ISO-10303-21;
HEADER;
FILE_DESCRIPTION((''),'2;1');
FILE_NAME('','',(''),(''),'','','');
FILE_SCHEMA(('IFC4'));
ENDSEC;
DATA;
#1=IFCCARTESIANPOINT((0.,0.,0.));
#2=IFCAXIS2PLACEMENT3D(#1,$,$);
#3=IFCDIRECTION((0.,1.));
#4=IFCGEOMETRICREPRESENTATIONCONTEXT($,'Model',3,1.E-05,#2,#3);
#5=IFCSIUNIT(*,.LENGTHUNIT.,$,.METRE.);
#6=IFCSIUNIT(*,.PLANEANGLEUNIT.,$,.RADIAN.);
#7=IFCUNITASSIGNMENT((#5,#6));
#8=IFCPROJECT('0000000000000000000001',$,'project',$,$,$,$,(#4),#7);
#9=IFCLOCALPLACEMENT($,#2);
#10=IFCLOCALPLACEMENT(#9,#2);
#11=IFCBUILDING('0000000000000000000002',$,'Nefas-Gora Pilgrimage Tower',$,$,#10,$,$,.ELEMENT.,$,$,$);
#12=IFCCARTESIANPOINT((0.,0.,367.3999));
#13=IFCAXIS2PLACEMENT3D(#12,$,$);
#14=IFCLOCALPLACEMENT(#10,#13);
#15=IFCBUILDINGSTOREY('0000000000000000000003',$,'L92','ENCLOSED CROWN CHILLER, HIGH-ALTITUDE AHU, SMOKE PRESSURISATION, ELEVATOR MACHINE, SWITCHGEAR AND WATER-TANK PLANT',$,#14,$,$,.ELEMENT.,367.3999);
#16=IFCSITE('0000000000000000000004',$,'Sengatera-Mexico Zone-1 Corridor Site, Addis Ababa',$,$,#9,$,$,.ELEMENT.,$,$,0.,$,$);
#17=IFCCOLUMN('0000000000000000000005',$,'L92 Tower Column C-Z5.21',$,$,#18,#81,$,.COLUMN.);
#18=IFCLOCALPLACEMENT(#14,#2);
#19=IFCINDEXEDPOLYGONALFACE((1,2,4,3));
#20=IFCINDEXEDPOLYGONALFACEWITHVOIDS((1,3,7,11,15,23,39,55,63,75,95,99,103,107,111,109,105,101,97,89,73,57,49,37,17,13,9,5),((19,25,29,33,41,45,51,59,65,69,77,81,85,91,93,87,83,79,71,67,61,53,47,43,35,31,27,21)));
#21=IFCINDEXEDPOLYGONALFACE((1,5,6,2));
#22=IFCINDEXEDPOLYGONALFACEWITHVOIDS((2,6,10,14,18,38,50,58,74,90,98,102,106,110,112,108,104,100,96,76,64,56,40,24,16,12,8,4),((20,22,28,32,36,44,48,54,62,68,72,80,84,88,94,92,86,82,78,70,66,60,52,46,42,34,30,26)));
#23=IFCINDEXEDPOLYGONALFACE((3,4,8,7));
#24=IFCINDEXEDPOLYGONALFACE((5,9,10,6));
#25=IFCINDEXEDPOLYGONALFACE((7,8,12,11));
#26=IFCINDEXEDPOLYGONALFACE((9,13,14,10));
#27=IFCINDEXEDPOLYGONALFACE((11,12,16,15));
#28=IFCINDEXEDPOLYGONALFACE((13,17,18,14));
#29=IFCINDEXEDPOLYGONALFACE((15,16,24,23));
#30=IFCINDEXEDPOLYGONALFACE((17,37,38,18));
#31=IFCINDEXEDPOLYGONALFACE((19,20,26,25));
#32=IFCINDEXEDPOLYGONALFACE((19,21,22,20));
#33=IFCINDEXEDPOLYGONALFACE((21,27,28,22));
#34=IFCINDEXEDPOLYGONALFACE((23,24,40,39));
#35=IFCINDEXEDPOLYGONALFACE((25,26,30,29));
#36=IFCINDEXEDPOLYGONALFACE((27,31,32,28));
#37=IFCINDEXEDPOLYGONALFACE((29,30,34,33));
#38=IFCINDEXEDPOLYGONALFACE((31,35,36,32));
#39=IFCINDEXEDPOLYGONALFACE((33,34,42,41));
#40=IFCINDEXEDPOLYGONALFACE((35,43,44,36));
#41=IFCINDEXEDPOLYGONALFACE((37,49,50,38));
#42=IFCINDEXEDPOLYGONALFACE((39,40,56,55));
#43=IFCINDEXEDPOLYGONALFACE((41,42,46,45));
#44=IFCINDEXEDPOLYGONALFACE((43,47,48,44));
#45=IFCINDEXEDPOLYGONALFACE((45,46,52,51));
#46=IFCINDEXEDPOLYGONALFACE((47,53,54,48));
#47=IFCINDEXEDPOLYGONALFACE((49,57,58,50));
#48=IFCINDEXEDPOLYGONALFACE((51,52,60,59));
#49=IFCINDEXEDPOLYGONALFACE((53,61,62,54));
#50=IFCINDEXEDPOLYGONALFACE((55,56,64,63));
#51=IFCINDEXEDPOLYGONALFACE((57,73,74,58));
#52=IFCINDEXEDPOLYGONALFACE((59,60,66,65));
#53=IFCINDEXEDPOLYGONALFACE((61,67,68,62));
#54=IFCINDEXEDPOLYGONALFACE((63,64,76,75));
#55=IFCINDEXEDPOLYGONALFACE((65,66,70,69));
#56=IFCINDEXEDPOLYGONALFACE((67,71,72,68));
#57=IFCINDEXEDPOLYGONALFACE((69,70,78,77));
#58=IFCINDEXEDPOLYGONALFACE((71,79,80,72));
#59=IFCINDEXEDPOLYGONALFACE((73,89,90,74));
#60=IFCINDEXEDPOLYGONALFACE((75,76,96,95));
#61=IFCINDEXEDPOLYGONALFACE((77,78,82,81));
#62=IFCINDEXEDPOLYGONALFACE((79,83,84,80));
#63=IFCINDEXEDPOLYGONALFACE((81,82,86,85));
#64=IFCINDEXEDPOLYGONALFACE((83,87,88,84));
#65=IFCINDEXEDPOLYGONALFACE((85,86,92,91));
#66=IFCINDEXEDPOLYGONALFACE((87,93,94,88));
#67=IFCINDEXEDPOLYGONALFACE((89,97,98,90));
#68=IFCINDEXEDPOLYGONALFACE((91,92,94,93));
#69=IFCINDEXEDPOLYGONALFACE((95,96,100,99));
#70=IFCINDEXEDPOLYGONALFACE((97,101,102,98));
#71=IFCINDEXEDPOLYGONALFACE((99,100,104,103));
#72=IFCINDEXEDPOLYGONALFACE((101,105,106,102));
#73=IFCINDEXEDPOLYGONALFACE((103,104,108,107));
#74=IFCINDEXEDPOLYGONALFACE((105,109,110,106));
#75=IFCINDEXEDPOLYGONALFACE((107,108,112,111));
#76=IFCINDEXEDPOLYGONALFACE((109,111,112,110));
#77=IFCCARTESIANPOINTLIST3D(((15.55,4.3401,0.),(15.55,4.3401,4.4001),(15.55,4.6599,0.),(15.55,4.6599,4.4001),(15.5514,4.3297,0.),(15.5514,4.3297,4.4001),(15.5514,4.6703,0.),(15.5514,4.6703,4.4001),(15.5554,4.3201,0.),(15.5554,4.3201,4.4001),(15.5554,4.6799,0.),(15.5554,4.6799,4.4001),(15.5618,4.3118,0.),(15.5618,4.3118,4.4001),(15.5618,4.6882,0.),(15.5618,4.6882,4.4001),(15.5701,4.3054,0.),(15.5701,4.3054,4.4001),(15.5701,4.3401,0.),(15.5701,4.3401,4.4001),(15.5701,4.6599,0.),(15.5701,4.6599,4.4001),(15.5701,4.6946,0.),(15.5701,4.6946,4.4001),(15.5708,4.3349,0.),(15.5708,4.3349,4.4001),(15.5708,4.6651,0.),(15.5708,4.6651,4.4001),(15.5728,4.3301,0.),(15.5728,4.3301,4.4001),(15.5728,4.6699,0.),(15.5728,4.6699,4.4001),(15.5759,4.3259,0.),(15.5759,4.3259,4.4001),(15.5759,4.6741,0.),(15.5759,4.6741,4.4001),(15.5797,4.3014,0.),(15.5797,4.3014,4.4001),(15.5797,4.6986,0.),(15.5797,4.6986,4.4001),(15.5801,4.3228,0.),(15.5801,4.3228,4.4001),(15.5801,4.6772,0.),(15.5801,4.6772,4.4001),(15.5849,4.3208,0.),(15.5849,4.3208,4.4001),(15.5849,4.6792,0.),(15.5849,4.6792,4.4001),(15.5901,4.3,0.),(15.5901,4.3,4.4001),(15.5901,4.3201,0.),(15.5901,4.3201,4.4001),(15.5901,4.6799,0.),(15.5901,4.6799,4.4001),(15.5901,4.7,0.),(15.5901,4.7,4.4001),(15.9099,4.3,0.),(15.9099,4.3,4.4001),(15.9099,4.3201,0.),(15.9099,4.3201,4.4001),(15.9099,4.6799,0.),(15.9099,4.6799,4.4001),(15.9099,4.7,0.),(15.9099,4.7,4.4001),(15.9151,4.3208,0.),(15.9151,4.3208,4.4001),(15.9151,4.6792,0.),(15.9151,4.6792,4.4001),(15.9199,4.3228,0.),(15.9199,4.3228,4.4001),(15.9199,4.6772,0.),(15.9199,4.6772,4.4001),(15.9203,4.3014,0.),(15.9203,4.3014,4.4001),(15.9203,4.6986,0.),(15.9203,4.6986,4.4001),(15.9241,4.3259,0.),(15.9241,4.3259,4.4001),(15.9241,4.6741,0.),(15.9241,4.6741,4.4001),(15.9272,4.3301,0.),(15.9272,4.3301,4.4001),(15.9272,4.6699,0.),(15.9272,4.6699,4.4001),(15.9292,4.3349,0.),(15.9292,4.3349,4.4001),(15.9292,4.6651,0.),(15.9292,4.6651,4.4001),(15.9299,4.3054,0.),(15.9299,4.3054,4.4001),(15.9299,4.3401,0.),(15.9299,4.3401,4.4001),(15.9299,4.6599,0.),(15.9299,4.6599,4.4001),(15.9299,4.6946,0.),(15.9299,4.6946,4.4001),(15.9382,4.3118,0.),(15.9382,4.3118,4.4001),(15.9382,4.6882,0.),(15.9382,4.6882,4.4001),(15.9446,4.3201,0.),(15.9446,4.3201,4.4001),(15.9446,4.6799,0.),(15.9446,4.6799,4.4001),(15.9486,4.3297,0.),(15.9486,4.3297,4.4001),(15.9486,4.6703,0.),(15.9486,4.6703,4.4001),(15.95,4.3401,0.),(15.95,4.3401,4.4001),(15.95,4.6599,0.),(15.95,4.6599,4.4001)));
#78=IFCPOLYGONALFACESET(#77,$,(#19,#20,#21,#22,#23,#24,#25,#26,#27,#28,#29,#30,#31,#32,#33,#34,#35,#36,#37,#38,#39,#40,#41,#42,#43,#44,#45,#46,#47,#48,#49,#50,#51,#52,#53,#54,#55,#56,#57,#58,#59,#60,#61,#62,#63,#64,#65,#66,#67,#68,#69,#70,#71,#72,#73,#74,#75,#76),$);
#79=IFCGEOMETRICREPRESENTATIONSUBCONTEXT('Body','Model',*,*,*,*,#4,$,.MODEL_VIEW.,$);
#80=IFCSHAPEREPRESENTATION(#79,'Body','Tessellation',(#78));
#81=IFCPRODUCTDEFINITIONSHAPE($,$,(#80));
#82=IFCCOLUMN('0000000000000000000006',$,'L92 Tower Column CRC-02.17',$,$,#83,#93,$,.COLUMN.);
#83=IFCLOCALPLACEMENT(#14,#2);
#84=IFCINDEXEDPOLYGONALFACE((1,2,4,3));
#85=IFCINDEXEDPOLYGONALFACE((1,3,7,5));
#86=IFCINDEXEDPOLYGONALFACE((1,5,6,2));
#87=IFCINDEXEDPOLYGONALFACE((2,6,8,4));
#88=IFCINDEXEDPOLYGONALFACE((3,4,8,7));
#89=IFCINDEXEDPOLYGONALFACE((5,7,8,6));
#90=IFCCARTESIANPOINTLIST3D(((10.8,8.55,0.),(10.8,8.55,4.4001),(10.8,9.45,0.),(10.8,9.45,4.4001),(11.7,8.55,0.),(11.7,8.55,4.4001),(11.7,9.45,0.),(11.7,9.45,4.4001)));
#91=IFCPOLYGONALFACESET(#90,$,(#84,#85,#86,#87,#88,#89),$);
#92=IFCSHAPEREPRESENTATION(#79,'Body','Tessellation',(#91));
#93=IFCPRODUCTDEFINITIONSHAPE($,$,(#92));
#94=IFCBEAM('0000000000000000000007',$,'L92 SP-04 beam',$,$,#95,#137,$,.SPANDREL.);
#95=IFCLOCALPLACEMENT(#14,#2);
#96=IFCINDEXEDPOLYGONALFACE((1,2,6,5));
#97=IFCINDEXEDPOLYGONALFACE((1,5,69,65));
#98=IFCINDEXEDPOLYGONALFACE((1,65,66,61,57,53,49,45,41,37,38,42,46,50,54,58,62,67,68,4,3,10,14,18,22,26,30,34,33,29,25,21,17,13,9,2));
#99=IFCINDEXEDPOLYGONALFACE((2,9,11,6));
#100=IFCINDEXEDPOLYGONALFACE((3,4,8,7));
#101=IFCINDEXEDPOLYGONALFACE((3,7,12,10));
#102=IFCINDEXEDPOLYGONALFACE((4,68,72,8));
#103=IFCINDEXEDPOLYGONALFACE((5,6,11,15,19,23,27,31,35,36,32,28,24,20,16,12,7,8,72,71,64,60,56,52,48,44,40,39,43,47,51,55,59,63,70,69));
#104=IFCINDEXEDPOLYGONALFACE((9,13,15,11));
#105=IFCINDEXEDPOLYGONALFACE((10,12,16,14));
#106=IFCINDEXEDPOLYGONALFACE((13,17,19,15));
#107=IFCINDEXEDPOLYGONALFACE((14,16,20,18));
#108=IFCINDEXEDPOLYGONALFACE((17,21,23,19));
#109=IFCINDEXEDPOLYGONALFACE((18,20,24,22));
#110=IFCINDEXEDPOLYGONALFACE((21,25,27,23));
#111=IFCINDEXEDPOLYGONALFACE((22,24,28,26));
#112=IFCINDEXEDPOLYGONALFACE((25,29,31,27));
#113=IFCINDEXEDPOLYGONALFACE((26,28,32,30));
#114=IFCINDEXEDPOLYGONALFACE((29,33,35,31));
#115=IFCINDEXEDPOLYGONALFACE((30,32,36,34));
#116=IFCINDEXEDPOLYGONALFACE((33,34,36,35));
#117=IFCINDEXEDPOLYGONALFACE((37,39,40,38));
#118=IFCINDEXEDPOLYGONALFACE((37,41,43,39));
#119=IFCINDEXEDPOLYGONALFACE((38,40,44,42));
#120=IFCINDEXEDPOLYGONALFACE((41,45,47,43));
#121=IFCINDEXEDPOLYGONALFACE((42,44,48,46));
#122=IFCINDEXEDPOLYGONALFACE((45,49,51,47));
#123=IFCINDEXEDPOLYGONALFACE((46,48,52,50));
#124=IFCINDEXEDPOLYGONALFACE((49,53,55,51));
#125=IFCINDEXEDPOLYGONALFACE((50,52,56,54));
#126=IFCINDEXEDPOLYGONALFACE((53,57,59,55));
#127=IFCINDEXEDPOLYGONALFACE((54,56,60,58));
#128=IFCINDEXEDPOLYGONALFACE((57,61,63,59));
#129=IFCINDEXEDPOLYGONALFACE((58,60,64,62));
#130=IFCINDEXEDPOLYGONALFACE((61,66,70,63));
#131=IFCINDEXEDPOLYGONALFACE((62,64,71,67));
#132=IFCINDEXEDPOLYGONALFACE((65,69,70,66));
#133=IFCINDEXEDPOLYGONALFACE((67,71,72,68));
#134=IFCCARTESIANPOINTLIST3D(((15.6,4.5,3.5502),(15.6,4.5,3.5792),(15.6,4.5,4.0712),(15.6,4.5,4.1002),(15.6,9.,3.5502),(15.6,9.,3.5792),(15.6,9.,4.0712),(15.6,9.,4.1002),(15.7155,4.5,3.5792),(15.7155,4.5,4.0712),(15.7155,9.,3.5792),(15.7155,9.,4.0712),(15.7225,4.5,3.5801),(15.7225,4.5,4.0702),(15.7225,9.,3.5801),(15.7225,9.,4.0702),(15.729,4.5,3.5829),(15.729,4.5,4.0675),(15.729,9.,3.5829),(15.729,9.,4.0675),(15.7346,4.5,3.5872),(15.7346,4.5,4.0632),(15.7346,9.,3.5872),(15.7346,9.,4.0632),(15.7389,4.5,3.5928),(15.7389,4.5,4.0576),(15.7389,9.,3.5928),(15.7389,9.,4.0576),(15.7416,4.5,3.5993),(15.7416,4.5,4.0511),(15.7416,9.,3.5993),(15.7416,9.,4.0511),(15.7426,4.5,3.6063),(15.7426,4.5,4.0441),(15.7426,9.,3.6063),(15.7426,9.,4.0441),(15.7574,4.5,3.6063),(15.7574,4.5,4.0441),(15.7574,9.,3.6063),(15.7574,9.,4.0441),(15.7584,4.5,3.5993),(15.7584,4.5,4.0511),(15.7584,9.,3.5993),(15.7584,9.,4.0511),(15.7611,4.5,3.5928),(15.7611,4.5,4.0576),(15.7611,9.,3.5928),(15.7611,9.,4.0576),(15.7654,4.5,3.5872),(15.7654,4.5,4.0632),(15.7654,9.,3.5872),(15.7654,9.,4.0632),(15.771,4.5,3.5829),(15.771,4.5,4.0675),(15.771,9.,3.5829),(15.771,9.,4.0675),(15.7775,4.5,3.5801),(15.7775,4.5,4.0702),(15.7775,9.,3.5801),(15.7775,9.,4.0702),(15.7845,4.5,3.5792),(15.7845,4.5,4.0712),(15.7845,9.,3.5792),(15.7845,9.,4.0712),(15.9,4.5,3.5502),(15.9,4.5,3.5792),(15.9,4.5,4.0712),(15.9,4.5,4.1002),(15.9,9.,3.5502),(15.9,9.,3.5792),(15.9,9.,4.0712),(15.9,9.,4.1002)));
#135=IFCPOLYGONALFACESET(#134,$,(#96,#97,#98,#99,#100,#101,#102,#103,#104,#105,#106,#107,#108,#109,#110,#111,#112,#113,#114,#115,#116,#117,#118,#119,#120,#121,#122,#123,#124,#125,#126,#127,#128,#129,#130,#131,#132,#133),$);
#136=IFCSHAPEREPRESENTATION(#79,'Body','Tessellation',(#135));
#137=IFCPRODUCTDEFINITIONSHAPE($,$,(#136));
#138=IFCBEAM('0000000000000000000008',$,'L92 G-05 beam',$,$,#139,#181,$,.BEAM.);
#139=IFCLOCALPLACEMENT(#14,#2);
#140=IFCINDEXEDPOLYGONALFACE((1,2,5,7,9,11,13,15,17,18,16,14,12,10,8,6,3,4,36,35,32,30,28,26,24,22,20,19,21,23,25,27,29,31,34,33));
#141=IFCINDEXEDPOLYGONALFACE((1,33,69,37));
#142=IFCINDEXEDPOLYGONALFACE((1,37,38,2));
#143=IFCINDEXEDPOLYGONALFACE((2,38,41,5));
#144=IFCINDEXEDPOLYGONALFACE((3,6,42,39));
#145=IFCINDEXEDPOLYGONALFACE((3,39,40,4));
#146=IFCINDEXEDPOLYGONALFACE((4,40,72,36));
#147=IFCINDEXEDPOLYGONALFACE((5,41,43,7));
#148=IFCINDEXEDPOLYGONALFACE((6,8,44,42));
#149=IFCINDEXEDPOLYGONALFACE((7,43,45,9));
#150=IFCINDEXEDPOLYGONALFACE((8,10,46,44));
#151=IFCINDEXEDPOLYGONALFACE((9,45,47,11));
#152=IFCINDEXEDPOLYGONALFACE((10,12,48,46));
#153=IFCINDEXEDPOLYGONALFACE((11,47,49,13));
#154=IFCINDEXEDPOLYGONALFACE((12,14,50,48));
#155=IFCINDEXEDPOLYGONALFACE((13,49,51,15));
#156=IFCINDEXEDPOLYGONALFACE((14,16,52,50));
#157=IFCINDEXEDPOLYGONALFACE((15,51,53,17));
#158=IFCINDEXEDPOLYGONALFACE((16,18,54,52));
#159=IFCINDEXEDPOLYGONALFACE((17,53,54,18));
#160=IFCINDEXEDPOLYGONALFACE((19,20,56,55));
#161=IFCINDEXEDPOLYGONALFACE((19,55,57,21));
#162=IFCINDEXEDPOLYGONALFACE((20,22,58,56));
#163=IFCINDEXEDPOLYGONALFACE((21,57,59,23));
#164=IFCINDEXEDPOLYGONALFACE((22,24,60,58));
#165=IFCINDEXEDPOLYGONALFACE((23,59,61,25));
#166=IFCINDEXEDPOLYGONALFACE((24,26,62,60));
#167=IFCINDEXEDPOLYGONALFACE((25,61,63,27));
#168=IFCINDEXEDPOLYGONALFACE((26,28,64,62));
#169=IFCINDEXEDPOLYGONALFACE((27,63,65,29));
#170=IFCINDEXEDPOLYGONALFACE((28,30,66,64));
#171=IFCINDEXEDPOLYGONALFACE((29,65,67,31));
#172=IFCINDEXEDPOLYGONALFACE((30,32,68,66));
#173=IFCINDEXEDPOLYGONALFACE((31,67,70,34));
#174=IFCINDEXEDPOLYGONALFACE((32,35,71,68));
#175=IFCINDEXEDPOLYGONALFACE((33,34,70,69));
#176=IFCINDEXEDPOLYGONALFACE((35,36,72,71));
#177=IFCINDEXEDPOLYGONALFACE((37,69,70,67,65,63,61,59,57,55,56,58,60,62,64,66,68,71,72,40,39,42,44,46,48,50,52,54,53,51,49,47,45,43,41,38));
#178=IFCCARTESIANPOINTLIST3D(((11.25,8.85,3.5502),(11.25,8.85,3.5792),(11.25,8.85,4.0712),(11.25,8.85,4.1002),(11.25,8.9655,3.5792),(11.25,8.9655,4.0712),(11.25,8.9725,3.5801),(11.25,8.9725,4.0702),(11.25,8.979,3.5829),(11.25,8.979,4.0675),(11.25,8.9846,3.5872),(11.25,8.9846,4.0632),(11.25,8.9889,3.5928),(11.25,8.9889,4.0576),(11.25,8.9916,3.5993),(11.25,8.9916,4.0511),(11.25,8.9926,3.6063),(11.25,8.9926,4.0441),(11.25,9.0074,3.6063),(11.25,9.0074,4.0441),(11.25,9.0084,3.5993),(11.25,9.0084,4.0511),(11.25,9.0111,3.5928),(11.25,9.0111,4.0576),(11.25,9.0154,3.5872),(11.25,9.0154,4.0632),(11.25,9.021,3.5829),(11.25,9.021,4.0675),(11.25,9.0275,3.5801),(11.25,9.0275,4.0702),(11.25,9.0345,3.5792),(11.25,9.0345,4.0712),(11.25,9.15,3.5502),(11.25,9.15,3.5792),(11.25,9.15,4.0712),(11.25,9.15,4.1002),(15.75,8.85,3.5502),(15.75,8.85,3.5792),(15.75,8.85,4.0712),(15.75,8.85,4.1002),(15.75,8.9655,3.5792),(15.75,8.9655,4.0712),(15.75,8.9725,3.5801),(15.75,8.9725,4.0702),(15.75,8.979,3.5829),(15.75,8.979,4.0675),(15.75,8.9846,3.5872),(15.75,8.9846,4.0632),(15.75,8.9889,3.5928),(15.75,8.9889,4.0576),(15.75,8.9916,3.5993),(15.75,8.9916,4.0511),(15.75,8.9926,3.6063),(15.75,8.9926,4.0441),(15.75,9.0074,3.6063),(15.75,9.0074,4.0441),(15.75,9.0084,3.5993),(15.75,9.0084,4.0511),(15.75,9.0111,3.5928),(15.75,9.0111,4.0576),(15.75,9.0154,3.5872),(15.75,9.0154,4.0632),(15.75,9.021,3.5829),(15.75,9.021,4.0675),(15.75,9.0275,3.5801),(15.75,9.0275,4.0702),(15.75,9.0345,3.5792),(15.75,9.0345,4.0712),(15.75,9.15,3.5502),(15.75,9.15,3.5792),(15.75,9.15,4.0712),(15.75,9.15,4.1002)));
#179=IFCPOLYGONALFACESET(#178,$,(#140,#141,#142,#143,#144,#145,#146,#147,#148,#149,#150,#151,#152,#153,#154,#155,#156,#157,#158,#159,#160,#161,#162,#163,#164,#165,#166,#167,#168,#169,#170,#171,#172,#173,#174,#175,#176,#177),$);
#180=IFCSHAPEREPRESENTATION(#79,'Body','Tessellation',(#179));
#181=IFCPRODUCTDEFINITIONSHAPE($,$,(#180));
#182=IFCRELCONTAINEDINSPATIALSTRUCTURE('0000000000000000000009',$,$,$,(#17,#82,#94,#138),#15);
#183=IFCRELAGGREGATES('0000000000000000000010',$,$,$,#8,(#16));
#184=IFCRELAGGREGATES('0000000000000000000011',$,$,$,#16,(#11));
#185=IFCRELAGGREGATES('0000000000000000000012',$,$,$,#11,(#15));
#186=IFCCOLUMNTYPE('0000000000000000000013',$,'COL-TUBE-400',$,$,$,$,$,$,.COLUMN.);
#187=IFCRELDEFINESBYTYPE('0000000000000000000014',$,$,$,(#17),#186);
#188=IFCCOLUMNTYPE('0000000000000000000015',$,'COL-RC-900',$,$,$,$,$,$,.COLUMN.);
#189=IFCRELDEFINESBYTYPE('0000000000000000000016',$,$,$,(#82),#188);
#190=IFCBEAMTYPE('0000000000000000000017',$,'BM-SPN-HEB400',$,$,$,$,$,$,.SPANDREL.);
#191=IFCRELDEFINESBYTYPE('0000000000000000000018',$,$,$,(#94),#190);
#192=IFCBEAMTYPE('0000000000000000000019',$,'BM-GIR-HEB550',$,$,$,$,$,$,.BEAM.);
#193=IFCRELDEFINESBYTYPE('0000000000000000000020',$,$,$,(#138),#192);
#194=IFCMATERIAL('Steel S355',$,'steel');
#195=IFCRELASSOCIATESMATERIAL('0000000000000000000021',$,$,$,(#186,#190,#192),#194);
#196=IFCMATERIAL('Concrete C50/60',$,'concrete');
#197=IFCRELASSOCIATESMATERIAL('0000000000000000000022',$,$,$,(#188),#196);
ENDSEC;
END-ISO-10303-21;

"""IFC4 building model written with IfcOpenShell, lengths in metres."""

from ifc_helpers import new_model, si_unit, direction, frame, origin, origin_2d, place, context, subcontext, project, spatial, rectangle, hollow_rectangle, i_section, extrude, source, transform, mapped, material, material_profile, profile_set, type_object, element, save


model = new_model("IFC4")

# Units and contexts
model_context = context("Model", 3, precision=1e-05, world=origin(), true_north=direction((0.0, 1.0)))
body_context = subcontext(model_context, "Body", "Model", "MODEL_VIEW")
ifc_project = project(units=[si_unit("LENGTHUNIT", "METRE"), si_unit("PLANEANGLEUNIT", "RADIAN")], contexts=[model_context])

# Site, building, storey
site_placement = place(None, origin())
site = spatial("IfcSite", under=ifc_project, at=site_placement, Name="Sengatera-Mexico Zone-1 Corridor Site, Addis Ababa", CompositionType="ELEMENT", RefElevation=0.0)
building_placement = place(site_placement, origin())
building = spatial("IfcBuilding", under=site, at=building_placement, Name="Nefas-Gora Pilgrimage Tower", CompositionType="ELEMENT")
storey_placement = place(building_placement, frame((0.0, 0.0, 367.3999)))
storey = spatial("IfcBuildingStorey", under=building, at=storey_placement, Name="L92", Description="ENCLOSED CROWN CHILLER, HIGH-ALTITUDE AHU, SMOKE PRESSURISATION, ELEVATOR MACHINE, SWITCHGEAR AND WATER-TANK PLANT", CompositionType="ELEMENT", Elevation=367.3999)

# Columns
ifc_material_1 = material(Name="Steel S355", Category="steel")
ifc_material_profile_1 = material_profile(ifc_material_1, hollow_rectangle(XDim=0.3999, YDim=0.3999, WallThickness=0.02, InnerFilletRadius=0.02, OuterFilletRadius=0.04, at=origin_2d()), Name="SHS 400x400x20")
ifc_profile_set_1 = profile_set([ifc_material_profile_1], Name="Steel S355")
column_type_1 = type_object("IfcColumnType", Name="COL-TUBE-400", PredefinedType="COLUMN", material=ifc_profile_set_1)
shared_shape_1 = source(origin(), body_context, "Body", "SweptSolid", [
    extrude(hollow_rectangle(XDim=0.3999, YDim=0.3999, WallThickness=0.02, InnerFilletRadius=0.02, OuterFilletRadius=0.04, at=origin_2d()), origin(), (0.0, 0.0, 1.0), 4.4001),
])
column_1_placement = place(storey_placement, frame((15.75, 4.5, 0.0), z_axis=(0.0, 0.0, 1.0), x_axis=(1.0, 0.0, 0.0)))
element("IfcColumn", 1, at=column_1_placement, inside=storey, type_object=column_type_1, Name="L92 Tower Column C-Z5.21", PredefinedType="COLUMN", context=body_context, shape_type="MappedRepresentation", body=[
    mapped(shared_shape_1, transform((0.0, 0.0, 0.0), x_axis=(1.0, 0.0, 0.0), y_axis=(0.0, 1.0, 0.0), z_axis=(0.0, 0.0, 1.0), scale=1.0)),
])
ifc_material_2 = material(Name="Concrete C50/60", Category="concrete")
ifc_material_profile_2 = material_profile(ifc_material_2, rectangle(XDim=0.8999, YDim=0.8999, at=origin_2d()), Name="RC 900x900")
ifc_profile_set_2 = profile_set([ifc_material_profile_2], Name="Concrete C50/60")
column_type_2 = type_object("IfcColumnType", Name="COL-RC-900", PredefinedType="COLUMN", material=ifc_profile_set_2)
shared_shape_2 = source(origin(), body_context, "Body", "SweptSolid", [
    extrude(rectangle(XDim=0.8999, YDim=0.8999, at=origin_2d()), origin(), (0.0, 0.0, 1.0), 4.4001),
])
column_2_placement = place(storey_placement, frame((11.25, 9.0, 0.0), z_axis=(0.0, 0.0, 1.0), x_axis=(1.0, 0.0, 0.0)))
element("IfcColumn", 2, at=column_2_placement, inside=storey, type_object=column_type_2, Name="L92 Tower Column CRC-02.17", PredefinedType="COLUMN", context=body_context, shape_type="MappedRepresentation", body=[
    mapped(shared_shape_2, transform((0.0, 0.0, 0.0), x_axis=(1.0, 0.0, 0.0), y_axis=(0.0, 1.0, 0.0), z_axis=(0.0, 0.0, 1.0), scale=1.0)),
])

# Beams
ifc_material_profile_3 = material_profile(ifc_material_1, i_section(OverallWidth=0.3, OverallDepth=0.55, WebThickness=0.0149, FlangeThickness=0.0291, FilletRadius=0.0271, at=origin_2d()), Name="HEB 550")
ifc_profile_set_3 = profile_set([ifc_material_profile_3], Name="Steel S355")
beam_type_1 = type_object("IfcBeamType", Name="BM-SPN-HEB400", PredefinedType="SPANDREL", material=ifc_profile_set_3)
shared_shape_3 = source(origin(), body_context, "Body", "SweptSolid", [
    extrude(i_section(OverallWidth=0.3, OverallDepth=0.55, WebThickness=0.0149, FlangeThickness=0.0291, FilletRadius=0.0271, at=origin_2d()), origin(), (0.0, 0.0, 1.0), 4.5),
])
beam_1_placement = place(storey_placement, frame((15.75, 4.5, 3.8252), z_axis=(0.0, 1.0, 0.0), x_axis=(-1.0, 0.0, 0.0)))
element("IfcBeam", 3, at=beam_1_placement, inside=storey, type_object=beam_type_1, Name="L92 SP-04 beam", PredefinedType="SPANDREL", context=body_context, shape_type="MappedRepresentation", body=[
    mapped(shared_shape_3, transform((0.0, 0.0, 0.0), x_axis=(1.0, 0.0, 0.0), y_axis=(0.0, 1.0, 0.0), z_axis=(0.0, 0.0, 1.0), scale=1.0)),
])
ifc_material_profile_4 = material_profile(ifc_material_1, i_section(OverallWidth=0.3, OverallDepth=0.55, WebThickness=0.0149, FlangeThickness=0.0291, FilletRadius=0.0271, at=origin_2d()), Name="HEB 550")
ifc_profile_set_4 = profile_set([ifc_material_profile_4], Name="Steel S355")
beam_type_2 = type_object("IfcBeamType", Name="BM-GIR-HEB550", PredefinedType="BEAM", material=ifc_profile_set_4)
shared_shape_4 = source(origin(), body_context, "Body", "SweptSolid", [
    extrude(i_section(OverallWidth=0.3, OverallDepth=0.55, WebThickness=0.0149, FlangeThickness=0.0291, FilletRadius=0.0271, at=origin_2d()), origin(), (0.0, 0.0, 1.0), 4.5),
])
beam_2_placement = place(storey_placement, frame((11.25, 9.0, 3.8252), z_axis=(1.0, 0.0, 0.0), x_axis=(0.0, 1.0, 0.0)))
element("IfcBeam", 4, at=beam_2_placement, inside=storey, type_object=beam_type_2, Name="L92 G-05 beam", PredefinedType="BEAM", context=body_context, shape_type="MappedRepresentation", body=[
    mapped(shared_shape_4, transform((0.0, 0.0, 0.0), x_axis=(1.0, 0.0, 0.0), y_axis=(0.0, 1.0, 0.0), z_axis=(0.0, 0.0, 1.0), scale=1.0)),
])

save(model, "model.ifc")
